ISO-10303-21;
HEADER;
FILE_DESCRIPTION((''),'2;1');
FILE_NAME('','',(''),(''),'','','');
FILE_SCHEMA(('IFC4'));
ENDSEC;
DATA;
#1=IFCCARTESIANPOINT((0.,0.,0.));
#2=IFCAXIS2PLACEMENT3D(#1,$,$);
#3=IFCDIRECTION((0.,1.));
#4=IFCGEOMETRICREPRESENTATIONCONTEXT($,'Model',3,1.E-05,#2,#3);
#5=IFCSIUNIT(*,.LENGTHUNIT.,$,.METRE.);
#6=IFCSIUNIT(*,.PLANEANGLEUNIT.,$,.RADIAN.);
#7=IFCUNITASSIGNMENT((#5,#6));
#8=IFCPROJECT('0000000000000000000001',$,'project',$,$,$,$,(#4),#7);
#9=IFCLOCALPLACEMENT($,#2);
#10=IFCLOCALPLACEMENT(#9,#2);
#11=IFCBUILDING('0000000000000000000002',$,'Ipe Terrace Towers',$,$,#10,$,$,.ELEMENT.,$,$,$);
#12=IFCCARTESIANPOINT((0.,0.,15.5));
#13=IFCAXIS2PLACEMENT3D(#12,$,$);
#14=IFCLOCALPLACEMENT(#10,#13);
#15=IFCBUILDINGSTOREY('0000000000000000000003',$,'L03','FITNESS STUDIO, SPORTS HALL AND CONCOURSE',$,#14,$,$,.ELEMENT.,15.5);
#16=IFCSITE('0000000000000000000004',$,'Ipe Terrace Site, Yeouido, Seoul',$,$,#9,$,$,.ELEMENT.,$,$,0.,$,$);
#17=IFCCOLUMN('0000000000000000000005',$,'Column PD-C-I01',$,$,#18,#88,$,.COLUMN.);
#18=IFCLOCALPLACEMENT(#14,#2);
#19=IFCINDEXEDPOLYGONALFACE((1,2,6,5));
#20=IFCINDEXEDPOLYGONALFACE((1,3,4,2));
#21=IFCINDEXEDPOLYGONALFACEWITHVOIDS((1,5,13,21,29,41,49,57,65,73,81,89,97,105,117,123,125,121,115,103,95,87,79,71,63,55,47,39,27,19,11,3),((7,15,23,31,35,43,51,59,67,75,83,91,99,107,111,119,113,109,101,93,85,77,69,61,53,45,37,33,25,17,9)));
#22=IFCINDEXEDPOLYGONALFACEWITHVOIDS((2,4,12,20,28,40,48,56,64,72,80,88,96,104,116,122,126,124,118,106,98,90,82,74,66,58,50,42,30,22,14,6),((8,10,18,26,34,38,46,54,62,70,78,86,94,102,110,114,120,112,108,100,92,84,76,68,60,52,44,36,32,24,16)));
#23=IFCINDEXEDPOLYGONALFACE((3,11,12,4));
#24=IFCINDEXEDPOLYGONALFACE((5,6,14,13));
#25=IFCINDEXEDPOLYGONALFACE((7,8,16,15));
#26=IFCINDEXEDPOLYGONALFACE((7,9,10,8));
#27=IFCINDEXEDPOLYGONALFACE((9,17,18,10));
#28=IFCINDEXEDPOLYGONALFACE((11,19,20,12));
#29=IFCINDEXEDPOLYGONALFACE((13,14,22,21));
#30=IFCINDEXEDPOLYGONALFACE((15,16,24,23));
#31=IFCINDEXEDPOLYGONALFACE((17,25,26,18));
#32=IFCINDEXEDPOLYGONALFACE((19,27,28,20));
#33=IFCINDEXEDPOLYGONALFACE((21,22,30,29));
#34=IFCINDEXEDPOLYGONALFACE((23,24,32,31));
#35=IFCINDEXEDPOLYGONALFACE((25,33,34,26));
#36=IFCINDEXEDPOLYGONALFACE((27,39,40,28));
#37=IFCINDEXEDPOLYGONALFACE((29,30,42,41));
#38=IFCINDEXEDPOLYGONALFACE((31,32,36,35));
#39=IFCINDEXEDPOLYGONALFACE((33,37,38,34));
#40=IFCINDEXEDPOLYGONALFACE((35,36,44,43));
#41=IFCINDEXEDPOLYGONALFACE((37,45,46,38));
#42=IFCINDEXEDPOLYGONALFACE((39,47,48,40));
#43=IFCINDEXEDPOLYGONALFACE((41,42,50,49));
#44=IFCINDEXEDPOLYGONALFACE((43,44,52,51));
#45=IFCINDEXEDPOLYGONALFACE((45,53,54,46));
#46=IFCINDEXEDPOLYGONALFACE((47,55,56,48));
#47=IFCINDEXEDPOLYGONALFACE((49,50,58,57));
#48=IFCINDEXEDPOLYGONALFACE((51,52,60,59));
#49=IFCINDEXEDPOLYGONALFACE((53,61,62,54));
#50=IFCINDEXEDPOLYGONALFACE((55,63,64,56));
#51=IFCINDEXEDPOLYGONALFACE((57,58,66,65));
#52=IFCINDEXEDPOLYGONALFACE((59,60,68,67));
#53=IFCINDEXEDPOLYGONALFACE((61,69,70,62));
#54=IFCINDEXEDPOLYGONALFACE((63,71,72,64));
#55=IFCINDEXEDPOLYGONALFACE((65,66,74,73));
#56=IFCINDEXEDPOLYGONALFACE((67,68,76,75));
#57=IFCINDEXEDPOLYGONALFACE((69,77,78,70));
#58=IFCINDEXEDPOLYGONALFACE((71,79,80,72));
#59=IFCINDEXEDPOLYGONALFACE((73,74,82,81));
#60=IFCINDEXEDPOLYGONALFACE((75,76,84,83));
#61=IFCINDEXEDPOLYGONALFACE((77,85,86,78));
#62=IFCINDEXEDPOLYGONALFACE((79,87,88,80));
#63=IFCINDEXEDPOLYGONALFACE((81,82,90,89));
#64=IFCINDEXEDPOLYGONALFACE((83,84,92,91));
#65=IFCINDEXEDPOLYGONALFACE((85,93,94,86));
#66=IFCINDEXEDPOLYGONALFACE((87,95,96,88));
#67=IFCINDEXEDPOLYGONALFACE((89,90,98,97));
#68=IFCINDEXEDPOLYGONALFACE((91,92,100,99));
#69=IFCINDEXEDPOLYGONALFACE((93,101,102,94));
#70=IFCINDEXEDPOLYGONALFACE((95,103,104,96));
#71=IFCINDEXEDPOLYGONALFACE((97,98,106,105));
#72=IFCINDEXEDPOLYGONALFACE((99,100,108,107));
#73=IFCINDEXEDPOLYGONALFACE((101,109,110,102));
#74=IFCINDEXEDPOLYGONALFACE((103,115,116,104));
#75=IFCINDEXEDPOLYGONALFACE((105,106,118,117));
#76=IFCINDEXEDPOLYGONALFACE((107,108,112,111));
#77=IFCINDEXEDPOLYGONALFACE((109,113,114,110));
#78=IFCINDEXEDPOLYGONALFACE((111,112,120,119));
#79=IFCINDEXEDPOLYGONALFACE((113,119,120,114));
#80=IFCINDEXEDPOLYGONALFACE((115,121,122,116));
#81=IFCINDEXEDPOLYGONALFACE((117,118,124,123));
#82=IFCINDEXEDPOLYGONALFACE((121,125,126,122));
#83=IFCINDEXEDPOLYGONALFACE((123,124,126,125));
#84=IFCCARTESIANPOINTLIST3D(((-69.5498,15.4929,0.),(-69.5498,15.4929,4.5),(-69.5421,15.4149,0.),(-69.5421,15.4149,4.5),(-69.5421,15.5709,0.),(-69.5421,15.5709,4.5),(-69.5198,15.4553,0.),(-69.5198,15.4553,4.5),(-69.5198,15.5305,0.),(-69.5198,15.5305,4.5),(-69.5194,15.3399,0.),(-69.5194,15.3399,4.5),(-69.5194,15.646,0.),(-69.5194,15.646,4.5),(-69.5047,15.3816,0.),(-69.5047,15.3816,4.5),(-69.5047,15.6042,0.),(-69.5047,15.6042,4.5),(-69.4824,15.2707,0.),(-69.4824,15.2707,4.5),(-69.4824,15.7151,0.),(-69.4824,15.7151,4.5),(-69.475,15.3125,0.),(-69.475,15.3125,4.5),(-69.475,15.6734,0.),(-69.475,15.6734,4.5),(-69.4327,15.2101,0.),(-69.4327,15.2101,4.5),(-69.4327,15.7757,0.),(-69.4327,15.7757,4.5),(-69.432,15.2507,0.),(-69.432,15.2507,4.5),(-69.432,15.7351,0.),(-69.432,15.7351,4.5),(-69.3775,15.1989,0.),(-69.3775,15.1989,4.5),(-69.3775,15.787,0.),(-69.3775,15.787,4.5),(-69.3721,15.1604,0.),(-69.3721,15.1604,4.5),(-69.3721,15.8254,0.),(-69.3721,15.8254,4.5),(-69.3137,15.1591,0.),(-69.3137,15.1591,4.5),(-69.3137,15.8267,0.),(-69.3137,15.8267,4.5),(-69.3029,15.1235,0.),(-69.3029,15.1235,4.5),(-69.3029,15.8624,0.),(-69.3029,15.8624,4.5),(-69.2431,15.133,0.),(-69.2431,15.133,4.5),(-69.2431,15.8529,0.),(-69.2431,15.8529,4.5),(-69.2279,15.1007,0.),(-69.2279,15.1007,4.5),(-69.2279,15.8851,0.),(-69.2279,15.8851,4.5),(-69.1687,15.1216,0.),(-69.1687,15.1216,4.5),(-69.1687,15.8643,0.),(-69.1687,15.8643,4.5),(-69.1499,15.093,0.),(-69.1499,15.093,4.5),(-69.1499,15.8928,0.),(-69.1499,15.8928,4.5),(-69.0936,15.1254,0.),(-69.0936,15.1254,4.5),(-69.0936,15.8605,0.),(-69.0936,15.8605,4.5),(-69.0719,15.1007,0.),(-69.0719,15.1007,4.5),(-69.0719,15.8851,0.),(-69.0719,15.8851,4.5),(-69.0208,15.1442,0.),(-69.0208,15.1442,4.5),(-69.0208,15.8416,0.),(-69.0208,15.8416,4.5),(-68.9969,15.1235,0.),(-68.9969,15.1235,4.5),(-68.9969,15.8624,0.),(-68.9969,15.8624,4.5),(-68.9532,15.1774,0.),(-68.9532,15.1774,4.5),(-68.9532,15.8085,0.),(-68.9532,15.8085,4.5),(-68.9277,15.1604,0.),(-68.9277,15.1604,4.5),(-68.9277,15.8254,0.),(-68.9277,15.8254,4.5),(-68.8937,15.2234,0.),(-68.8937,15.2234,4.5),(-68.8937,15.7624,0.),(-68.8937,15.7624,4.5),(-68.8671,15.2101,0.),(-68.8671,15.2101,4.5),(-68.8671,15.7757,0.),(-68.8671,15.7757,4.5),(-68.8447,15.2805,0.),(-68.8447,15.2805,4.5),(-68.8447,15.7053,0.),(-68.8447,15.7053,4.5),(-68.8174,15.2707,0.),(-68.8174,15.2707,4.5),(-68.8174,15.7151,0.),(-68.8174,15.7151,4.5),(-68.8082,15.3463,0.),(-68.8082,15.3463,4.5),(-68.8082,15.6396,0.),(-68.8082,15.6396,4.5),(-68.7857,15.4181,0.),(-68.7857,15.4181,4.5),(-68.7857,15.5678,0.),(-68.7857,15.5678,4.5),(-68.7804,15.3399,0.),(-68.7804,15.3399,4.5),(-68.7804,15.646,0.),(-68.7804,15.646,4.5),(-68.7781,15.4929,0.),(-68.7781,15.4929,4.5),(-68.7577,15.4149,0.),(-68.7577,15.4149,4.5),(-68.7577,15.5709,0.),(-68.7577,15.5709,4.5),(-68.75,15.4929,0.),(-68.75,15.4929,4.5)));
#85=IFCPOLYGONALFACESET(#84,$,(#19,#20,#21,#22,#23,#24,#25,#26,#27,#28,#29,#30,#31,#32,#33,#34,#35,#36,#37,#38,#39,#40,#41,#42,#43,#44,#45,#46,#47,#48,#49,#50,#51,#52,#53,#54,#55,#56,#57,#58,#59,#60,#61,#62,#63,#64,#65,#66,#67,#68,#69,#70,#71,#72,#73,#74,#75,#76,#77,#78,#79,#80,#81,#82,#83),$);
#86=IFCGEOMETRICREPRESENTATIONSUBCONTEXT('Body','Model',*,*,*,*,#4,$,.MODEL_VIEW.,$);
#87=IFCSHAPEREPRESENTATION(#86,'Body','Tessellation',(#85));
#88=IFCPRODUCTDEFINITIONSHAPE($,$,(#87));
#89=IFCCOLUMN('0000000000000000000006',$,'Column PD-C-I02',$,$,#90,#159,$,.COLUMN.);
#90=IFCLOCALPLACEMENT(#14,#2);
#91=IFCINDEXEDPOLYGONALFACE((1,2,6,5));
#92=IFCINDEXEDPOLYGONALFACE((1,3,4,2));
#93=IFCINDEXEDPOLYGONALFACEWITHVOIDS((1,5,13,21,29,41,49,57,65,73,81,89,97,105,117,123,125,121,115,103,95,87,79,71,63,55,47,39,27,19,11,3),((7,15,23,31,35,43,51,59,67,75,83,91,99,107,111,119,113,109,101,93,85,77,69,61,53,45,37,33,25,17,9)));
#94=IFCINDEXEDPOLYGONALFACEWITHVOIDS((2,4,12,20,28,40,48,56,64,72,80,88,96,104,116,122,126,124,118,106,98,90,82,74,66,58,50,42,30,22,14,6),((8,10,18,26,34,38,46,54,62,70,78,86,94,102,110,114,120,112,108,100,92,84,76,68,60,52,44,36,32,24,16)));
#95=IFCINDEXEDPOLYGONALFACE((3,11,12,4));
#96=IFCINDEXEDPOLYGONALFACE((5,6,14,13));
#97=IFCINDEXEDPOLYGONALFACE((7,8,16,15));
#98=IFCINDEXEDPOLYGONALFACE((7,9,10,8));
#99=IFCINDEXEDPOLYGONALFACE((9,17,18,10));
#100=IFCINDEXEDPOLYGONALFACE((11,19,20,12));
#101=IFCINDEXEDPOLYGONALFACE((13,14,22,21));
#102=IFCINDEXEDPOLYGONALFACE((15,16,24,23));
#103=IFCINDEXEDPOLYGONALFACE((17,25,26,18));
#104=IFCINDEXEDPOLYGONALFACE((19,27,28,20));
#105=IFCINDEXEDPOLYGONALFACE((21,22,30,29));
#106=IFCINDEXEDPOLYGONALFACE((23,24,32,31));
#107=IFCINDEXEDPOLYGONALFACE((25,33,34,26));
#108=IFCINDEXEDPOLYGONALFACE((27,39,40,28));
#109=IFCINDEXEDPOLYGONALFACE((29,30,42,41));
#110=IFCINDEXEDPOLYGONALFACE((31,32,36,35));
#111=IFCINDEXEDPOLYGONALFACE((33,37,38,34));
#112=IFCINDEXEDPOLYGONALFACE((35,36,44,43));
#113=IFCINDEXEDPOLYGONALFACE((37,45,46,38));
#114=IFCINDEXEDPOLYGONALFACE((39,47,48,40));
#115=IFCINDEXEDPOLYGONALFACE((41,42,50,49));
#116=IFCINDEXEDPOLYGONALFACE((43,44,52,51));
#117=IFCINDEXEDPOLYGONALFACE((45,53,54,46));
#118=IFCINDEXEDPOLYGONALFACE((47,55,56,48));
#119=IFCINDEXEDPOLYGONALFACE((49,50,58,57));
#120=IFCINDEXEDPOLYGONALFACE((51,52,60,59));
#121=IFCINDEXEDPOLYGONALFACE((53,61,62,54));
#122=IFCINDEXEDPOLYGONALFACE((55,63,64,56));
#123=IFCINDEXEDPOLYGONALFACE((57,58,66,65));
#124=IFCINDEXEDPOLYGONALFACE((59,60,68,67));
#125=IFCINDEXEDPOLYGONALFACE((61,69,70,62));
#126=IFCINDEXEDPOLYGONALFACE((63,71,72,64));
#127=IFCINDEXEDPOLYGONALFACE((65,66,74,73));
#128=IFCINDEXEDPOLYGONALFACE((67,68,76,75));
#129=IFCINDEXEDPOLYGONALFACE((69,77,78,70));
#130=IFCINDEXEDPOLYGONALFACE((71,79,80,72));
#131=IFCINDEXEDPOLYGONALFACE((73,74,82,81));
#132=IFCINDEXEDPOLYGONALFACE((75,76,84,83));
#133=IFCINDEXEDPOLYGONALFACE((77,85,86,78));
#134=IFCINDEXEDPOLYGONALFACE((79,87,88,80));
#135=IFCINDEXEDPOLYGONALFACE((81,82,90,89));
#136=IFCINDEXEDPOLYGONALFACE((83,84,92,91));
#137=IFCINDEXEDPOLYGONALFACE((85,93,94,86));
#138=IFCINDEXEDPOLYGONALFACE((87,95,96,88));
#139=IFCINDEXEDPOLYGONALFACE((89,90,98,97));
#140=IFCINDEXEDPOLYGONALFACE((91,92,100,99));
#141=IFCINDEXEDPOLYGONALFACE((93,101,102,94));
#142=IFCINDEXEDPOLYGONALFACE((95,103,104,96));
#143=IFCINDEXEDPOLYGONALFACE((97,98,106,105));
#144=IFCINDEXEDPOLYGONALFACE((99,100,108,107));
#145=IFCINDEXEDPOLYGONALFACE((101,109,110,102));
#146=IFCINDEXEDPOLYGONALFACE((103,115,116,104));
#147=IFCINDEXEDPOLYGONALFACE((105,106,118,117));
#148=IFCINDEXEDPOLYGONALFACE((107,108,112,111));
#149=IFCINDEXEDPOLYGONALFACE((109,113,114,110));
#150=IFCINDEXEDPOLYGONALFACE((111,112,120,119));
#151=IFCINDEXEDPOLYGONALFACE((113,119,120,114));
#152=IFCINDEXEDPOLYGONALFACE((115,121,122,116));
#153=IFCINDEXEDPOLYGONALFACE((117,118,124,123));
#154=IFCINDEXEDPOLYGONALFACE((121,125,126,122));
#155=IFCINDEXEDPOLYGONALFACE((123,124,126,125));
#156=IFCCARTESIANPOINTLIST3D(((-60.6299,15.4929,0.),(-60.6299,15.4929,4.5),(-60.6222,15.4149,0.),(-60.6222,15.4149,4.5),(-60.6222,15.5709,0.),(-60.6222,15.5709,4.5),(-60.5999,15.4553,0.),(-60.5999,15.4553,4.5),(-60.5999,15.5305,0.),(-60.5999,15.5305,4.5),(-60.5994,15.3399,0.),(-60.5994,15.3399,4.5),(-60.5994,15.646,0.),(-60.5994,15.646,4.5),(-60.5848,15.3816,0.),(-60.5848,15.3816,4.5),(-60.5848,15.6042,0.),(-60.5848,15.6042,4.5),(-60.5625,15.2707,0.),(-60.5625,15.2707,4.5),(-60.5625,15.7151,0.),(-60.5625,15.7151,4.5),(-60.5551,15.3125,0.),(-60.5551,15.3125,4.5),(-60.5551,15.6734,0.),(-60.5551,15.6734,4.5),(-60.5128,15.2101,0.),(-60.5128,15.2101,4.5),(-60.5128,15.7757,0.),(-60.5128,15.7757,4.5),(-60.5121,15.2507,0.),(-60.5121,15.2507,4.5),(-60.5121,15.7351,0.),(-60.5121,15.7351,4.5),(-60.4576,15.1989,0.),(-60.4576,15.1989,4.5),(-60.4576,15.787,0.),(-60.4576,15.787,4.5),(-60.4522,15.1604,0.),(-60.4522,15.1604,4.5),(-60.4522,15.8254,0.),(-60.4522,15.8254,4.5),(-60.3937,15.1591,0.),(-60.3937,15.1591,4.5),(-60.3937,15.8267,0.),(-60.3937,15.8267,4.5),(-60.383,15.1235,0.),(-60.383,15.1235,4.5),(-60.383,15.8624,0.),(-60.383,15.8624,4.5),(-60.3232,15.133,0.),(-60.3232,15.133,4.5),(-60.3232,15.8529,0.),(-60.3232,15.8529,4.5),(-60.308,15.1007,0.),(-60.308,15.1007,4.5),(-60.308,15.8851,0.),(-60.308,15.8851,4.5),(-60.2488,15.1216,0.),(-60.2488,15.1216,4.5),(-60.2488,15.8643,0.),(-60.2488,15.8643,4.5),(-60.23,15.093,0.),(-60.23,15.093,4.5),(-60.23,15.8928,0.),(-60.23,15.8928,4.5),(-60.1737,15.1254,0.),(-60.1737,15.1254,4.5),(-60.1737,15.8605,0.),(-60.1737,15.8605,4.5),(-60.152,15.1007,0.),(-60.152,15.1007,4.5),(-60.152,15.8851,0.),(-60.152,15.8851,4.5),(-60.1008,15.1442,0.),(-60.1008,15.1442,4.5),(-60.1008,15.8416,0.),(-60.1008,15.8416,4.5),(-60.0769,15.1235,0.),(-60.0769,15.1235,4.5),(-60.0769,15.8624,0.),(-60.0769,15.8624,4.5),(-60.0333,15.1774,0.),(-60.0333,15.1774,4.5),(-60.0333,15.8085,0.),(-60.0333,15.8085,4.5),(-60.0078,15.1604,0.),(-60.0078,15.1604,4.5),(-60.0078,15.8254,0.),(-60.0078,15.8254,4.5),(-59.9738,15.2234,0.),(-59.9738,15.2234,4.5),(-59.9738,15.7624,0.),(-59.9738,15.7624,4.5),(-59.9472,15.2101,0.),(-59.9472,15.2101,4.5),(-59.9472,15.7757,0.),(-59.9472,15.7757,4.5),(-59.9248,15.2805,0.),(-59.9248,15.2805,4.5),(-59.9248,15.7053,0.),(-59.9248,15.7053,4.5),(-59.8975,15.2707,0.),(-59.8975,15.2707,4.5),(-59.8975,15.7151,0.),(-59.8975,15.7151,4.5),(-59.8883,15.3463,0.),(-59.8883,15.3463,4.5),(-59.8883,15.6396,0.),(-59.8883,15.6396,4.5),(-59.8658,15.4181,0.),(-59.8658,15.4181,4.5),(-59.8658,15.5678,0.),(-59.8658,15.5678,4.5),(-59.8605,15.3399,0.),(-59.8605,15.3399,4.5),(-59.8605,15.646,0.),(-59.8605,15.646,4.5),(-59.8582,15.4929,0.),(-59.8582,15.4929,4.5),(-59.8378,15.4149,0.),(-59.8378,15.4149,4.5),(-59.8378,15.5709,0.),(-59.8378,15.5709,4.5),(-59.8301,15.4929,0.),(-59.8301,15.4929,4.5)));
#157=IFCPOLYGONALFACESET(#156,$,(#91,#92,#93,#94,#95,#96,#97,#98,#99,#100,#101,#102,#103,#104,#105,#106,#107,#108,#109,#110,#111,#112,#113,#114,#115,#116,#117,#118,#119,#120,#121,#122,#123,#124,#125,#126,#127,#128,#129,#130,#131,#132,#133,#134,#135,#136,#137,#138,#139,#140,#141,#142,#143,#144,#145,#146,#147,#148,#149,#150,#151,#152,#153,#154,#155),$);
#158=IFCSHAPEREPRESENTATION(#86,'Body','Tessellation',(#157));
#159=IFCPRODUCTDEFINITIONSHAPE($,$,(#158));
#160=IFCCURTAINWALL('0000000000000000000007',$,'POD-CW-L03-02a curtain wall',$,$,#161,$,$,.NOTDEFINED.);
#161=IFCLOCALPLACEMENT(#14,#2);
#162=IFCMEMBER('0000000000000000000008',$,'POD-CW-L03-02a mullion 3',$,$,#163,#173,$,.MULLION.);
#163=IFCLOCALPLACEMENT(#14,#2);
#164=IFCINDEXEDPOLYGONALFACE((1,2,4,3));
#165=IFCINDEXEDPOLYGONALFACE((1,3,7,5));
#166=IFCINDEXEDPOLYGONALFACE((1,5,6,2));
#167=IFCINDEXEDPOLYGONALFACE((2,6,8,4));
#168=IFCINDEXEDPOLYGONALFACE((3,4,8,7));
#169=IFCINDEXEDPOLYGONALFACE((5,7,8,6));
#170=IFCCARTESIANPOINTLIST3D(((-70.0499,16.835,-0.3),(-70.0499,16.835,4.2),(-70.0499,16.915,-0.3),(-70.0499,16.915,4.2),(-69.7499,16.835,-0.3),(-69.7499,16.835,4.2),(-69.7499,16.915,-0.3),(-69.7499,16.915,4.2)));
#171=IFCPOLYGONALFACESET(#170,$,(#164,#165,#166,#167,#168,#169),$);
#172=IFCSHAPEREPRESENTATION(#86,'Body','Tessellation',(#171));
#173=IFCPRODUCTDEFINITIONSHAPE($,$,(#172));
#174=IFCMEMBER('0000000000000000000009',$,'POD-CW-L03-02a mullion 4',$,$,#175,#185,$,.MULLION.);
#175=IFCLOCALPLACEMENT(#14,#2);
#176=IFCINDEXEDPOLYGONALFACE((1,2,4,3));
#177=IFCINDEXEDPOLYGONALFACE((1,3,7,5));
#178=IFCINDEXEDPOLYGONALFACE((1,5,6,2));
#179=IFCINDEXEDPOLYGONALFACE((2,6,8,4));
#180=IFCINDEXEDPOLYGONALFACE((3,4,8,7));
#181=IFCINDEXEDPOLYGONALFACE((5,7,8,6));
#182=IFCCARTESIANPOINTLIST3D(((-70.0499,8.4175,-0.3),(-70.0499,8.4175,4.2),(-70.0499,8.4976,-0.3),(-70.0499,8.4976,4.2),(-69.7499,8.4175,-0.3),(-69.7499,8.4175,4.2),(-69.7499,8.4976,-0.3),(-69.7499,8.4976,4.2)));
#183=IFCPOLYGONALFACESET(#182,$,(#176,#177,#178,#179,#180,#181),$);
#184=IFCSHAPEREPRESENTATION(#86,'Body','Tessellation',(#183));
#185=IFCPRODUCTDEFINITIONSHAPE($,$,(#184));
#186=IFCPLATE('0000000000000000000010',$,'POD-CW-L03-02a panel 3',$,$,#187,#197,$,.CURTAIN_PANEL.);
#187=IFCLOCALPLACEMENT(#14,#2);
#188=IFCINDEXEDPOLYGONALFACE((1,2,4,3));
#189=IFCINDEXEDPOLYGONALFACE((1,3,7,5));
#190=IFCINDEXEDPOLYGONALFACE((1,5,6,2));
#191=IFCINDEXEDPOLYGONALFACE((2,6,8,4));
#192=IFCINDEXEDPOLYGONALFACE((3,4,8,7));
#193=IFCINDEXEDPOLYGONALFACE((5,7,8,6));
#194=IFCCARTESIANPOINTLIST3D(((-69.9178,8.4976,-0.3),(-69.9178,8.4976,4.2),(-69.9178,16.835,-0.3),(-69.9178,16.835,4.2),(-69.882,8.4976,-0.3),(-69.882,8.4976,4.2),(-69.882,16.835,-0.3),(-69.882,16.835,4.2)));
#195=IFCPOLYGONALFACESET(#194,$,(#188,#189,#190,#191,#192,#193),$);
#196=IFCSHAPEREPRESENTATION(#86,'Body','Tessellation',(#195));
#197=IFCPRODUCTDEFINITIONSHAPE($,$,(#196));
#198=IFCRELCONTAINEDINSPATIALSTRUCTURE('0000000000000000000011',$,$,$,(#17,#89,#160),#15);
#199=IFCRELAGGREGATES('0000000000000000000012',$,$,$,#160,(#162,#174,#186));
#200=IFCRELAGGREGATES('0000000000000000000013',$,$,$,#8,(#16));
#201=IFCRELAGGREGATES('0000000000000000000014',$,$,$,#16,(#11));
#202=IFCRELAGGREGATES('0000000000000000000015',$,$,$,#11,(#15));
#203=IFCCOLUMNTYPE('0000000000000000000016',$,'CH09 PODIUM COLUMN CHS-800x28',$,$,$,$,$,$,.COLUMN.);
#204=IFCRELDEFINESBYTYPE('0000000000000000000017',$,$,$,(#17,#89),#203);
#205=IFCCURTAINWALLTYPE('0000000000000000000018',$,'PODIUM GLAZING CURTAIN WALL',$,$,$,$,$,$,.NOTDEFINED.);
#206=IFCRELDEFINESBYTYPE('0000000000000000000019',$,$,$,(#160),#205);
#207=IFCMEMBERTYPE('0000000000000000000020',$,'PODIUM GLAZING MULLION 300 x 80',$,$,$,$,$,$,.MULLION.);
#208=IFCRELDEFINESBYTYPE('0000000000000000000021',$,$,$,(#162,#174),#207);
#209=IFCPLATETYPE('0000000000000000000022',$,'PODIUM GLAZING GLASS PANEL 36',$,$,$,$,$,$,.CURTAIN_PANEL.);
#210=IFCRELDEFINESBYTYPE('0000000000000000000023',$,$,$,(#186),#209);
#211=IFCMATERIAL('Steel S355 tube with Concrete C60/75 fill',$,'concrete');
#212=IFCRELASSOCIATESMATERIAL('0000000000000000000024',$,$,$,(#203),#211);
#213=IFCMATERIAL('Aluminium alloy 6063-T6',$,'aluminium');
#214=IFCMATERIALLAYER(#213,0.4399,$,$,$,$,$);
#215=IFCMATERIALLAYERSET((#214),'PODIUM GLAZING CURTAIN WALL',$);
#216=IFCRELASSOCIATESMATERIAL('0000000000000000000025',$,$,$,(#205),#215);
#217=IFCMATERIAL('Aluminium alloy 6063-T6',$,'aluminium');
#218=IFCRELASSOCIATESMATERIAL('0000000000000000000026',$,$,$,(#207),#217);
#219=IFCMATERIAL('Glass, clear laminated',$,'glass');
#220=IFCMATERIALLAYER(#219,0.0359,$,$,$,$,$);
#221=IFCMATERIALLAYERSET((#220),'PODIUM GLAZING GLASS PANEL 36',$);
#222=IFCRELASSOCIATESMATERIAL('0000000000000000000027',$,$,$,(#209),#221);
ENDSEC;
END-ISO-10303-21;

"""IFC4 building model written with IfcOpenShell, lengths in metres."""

from ifc_helpers import new_model, si_unit, direction, frame, origin, origin_2d, place, context, subcontext, project, spatial, rectangle, hollow_circle, extrude, material, layer, layer_set, material_profile, profile_set, type_object, element, aggregate, save


model = new_model("IFC4")

# Units and contexts
model_context = context("Model", 3, precision=1e-05, world=origin(), true_north=direction((0.0, 1.0)))
body_context = subcontext(model_context, "Body", "Model", "MODEL_VIEW")
ifc_project = project(units=[si_unit("LENGTHUNIT", "METRE"), si_unit("PLANEANGLEUNIT", "RADIAN")], contexts=[model_context])

# Site, building, storey
site_placement = place(None, origin())
site = spatial("IfcSite", under=ifc_project, at=site_placement, Name="Ipe Terrace Site, Yeouido, Seoul", CompositionType="ELEMENT", RefElevation=0.0)
building_placement = place(site_placement, origin())
building = spatial("IfcBuilding", under=site, at=building_placement, Name="Ipe Terrace Towers", CompositionType="ELEMENT")
storey_placement = place(building_placement, frame((0.0, 0.0, 15.5)))
storey = spatial("IfcBuildingStorey", under=building, at=storey_placement, Name="L03", Description="FITNESS STUDIO, SPORTS HALL AND CONCOURSE", CompositionType="ELEMENT", Elevation=15.5)

# Columns
ifc_material_1 = material(Name="Steel S355 tube with Concrete C60/75 fill", Category="concrete")
ifc_material_profile_1 = material_profile(ifc_material_1, hollow_circle(Radius=0.3999, WallThickness=0.0281, at=origin_2d()), Name="CHS-800x28")
ifc_profile_set_1 = profile_set([ifc_material_profile_1], Name="Steel S355 tube with Concrete C60/75 fill")
column_type_1 = type_object("IfcColumnType", Name="CH09 PODIUM COLUMN CHS-800x28", PredefinedType="COLUMN", material=ifc_profile_set_1)
for number, where, z_axis, x_axis, name in (
    (1, (-69.1499, 15.4929, 0.0), (0.0, 0.0, 1.0), (1.0, 0.0, 0.0), "Column PD-C-I01"),
    (2, (-60.23, 15.4929, 0.0), (0.0, 0.0, 1.0), (1.0, 0.0, 0.0), "Column PD-C-I02"),
):
    element("IfcColumn", number, at=place(storey_placement, frame(where, z_axis=z_axis, x_axis=x_axis)), inside=storey, type_object=column_type_1, Name=name, PredefinedType="COLUMN", context=body_context, shape_type="SweptSolid", body=[
        extrude(hollow_circle(Radius=0.3999, WallThickness=0.0281, at=origin_2d()), origin(), (0.0, 0.0, 1.0), 4.5),
    ])

# Curtain wall, members, plate
ifc_material_2 = material(Name="Aluminium alloy 6063-T6", Category="aluminium")
ifc_layer_1 = layer(ifc_material_2, 0.4399)
ifc_layer_set_1 = layer_set([ifc_layer_1], Name="PODIUM GLAZING CURTAIN WALL")
curtain_wall_type = type_object("IfcCurtainWallType", Name="PODIUM GLAZING CURTAIN WALL", PredefinedType="NOTDEFINED", material=ifc_layer_set_1)
curtain_wall_placement = place(storey_placement, origin())
curtain_wall = element("IfcCurtainWall", 3, at=curtain_wall_placement, inside=storey, type_object=curtain_wall_type, Name="POD-CW-L03-02a curtain wall", PredefinedType="NOTDEFINED")
ifc_material_3 = material(Name="Aluminium alloy 6063-T6", Category="aluminium")
ifc_material_profile_2 = material_profile(ifc_material_3, rectangle(XDim=0.3, YDim=0.0801, at=origin_2d()), Name="PODIUM GLAZING MULLION 300 x 80")
ifc_profile_set_2 = profile_set([ifc_material_profile_2], Name="Aluminium alloy 6063-T6")
member_type = type_object("IfcMemberType", Name="PODIUM GLAZING MULLION 300 x 80", PredefinedType="MULLION", material=ifc_profile_set_2)
member_1_placement = place(storey_placement, frame((-69.8999, 16.875, -0.3), z_axis=(0.0, 0.0, 1.0), x_axis=(-1.0, 0.0, 0.0)))
member_1 = element("IfcMember", 4, at=member_1_placement, type_object=member_type, Name="POD-CW-L03-02a mullion 3", PredefinedType="MULLION", context=body_context, shape_type="SweptSolid", body=[
    extrude(rectangle(XDim=0.3, YDim=0.0801, at=origin_2d()), origin(), (0.0, 0.0, 1.0), 4.5),
])
member_2_placement = place(storey_placement, frame((-69.8999, 8.4575, -0.3), z_axis=(0.0, 0.0, 1.0), x_axis=(-1.0, 0.0, 0.0)))
member_2 = element("IfcMember", 5, at=member_2_placement, type_object=member_type, Name="POD-CW-L03-02a mullion 4", PredefinedType="MULLION", context=body_context, shape_type="SweptSolid", body=[
    extrude(rectangle(XDim=0.3, YDim=0.0801, at=origin_2d()), origin(), (0.0, 0.0, 1.0), 4.5),
])
ifc_material_4 = material(Name="Glass, clear laminated", Category="glass")
ifc_layer_2 = layer(ifc_material_4, 0.0359)
ifc_layer_set_2 = layer_set([ifc_layer_2], Name="PODIUM GLAZING GLASS PANEL 36")
plate_type = type_object("IfcPlateType", Name="PODIUM GLAZING GLASS PANEL 36", PredefinedType="CURTAIN_PANEL", material=ifc_layer_set_2)
plate_1_placement = place(storey_placement, frame((-69.8999, 12.6663, -0.3), z_axis=(0.0, 0.0, 1.0), x_axis=(0.0, -1.0, 0.0)))
plate_1 = element("IfcPlate", 6, at=plate_1_placement, type_object=plate_type, Name="POD-CW-L03-02a panel 3", PredefinedType="CURTAIN_PANEL", context=body_context, shape_type="SweptSolid", body=[
    extrude(rectangle(XDim=8.3374, YDim=0.0359, at=origin_2d()), origin(), (0.0, 0.0, 1.0), 4.5),
])
aggregate(curtain_wall, [member_1, member_2, plate_1])

save(model, "model.ifc")
